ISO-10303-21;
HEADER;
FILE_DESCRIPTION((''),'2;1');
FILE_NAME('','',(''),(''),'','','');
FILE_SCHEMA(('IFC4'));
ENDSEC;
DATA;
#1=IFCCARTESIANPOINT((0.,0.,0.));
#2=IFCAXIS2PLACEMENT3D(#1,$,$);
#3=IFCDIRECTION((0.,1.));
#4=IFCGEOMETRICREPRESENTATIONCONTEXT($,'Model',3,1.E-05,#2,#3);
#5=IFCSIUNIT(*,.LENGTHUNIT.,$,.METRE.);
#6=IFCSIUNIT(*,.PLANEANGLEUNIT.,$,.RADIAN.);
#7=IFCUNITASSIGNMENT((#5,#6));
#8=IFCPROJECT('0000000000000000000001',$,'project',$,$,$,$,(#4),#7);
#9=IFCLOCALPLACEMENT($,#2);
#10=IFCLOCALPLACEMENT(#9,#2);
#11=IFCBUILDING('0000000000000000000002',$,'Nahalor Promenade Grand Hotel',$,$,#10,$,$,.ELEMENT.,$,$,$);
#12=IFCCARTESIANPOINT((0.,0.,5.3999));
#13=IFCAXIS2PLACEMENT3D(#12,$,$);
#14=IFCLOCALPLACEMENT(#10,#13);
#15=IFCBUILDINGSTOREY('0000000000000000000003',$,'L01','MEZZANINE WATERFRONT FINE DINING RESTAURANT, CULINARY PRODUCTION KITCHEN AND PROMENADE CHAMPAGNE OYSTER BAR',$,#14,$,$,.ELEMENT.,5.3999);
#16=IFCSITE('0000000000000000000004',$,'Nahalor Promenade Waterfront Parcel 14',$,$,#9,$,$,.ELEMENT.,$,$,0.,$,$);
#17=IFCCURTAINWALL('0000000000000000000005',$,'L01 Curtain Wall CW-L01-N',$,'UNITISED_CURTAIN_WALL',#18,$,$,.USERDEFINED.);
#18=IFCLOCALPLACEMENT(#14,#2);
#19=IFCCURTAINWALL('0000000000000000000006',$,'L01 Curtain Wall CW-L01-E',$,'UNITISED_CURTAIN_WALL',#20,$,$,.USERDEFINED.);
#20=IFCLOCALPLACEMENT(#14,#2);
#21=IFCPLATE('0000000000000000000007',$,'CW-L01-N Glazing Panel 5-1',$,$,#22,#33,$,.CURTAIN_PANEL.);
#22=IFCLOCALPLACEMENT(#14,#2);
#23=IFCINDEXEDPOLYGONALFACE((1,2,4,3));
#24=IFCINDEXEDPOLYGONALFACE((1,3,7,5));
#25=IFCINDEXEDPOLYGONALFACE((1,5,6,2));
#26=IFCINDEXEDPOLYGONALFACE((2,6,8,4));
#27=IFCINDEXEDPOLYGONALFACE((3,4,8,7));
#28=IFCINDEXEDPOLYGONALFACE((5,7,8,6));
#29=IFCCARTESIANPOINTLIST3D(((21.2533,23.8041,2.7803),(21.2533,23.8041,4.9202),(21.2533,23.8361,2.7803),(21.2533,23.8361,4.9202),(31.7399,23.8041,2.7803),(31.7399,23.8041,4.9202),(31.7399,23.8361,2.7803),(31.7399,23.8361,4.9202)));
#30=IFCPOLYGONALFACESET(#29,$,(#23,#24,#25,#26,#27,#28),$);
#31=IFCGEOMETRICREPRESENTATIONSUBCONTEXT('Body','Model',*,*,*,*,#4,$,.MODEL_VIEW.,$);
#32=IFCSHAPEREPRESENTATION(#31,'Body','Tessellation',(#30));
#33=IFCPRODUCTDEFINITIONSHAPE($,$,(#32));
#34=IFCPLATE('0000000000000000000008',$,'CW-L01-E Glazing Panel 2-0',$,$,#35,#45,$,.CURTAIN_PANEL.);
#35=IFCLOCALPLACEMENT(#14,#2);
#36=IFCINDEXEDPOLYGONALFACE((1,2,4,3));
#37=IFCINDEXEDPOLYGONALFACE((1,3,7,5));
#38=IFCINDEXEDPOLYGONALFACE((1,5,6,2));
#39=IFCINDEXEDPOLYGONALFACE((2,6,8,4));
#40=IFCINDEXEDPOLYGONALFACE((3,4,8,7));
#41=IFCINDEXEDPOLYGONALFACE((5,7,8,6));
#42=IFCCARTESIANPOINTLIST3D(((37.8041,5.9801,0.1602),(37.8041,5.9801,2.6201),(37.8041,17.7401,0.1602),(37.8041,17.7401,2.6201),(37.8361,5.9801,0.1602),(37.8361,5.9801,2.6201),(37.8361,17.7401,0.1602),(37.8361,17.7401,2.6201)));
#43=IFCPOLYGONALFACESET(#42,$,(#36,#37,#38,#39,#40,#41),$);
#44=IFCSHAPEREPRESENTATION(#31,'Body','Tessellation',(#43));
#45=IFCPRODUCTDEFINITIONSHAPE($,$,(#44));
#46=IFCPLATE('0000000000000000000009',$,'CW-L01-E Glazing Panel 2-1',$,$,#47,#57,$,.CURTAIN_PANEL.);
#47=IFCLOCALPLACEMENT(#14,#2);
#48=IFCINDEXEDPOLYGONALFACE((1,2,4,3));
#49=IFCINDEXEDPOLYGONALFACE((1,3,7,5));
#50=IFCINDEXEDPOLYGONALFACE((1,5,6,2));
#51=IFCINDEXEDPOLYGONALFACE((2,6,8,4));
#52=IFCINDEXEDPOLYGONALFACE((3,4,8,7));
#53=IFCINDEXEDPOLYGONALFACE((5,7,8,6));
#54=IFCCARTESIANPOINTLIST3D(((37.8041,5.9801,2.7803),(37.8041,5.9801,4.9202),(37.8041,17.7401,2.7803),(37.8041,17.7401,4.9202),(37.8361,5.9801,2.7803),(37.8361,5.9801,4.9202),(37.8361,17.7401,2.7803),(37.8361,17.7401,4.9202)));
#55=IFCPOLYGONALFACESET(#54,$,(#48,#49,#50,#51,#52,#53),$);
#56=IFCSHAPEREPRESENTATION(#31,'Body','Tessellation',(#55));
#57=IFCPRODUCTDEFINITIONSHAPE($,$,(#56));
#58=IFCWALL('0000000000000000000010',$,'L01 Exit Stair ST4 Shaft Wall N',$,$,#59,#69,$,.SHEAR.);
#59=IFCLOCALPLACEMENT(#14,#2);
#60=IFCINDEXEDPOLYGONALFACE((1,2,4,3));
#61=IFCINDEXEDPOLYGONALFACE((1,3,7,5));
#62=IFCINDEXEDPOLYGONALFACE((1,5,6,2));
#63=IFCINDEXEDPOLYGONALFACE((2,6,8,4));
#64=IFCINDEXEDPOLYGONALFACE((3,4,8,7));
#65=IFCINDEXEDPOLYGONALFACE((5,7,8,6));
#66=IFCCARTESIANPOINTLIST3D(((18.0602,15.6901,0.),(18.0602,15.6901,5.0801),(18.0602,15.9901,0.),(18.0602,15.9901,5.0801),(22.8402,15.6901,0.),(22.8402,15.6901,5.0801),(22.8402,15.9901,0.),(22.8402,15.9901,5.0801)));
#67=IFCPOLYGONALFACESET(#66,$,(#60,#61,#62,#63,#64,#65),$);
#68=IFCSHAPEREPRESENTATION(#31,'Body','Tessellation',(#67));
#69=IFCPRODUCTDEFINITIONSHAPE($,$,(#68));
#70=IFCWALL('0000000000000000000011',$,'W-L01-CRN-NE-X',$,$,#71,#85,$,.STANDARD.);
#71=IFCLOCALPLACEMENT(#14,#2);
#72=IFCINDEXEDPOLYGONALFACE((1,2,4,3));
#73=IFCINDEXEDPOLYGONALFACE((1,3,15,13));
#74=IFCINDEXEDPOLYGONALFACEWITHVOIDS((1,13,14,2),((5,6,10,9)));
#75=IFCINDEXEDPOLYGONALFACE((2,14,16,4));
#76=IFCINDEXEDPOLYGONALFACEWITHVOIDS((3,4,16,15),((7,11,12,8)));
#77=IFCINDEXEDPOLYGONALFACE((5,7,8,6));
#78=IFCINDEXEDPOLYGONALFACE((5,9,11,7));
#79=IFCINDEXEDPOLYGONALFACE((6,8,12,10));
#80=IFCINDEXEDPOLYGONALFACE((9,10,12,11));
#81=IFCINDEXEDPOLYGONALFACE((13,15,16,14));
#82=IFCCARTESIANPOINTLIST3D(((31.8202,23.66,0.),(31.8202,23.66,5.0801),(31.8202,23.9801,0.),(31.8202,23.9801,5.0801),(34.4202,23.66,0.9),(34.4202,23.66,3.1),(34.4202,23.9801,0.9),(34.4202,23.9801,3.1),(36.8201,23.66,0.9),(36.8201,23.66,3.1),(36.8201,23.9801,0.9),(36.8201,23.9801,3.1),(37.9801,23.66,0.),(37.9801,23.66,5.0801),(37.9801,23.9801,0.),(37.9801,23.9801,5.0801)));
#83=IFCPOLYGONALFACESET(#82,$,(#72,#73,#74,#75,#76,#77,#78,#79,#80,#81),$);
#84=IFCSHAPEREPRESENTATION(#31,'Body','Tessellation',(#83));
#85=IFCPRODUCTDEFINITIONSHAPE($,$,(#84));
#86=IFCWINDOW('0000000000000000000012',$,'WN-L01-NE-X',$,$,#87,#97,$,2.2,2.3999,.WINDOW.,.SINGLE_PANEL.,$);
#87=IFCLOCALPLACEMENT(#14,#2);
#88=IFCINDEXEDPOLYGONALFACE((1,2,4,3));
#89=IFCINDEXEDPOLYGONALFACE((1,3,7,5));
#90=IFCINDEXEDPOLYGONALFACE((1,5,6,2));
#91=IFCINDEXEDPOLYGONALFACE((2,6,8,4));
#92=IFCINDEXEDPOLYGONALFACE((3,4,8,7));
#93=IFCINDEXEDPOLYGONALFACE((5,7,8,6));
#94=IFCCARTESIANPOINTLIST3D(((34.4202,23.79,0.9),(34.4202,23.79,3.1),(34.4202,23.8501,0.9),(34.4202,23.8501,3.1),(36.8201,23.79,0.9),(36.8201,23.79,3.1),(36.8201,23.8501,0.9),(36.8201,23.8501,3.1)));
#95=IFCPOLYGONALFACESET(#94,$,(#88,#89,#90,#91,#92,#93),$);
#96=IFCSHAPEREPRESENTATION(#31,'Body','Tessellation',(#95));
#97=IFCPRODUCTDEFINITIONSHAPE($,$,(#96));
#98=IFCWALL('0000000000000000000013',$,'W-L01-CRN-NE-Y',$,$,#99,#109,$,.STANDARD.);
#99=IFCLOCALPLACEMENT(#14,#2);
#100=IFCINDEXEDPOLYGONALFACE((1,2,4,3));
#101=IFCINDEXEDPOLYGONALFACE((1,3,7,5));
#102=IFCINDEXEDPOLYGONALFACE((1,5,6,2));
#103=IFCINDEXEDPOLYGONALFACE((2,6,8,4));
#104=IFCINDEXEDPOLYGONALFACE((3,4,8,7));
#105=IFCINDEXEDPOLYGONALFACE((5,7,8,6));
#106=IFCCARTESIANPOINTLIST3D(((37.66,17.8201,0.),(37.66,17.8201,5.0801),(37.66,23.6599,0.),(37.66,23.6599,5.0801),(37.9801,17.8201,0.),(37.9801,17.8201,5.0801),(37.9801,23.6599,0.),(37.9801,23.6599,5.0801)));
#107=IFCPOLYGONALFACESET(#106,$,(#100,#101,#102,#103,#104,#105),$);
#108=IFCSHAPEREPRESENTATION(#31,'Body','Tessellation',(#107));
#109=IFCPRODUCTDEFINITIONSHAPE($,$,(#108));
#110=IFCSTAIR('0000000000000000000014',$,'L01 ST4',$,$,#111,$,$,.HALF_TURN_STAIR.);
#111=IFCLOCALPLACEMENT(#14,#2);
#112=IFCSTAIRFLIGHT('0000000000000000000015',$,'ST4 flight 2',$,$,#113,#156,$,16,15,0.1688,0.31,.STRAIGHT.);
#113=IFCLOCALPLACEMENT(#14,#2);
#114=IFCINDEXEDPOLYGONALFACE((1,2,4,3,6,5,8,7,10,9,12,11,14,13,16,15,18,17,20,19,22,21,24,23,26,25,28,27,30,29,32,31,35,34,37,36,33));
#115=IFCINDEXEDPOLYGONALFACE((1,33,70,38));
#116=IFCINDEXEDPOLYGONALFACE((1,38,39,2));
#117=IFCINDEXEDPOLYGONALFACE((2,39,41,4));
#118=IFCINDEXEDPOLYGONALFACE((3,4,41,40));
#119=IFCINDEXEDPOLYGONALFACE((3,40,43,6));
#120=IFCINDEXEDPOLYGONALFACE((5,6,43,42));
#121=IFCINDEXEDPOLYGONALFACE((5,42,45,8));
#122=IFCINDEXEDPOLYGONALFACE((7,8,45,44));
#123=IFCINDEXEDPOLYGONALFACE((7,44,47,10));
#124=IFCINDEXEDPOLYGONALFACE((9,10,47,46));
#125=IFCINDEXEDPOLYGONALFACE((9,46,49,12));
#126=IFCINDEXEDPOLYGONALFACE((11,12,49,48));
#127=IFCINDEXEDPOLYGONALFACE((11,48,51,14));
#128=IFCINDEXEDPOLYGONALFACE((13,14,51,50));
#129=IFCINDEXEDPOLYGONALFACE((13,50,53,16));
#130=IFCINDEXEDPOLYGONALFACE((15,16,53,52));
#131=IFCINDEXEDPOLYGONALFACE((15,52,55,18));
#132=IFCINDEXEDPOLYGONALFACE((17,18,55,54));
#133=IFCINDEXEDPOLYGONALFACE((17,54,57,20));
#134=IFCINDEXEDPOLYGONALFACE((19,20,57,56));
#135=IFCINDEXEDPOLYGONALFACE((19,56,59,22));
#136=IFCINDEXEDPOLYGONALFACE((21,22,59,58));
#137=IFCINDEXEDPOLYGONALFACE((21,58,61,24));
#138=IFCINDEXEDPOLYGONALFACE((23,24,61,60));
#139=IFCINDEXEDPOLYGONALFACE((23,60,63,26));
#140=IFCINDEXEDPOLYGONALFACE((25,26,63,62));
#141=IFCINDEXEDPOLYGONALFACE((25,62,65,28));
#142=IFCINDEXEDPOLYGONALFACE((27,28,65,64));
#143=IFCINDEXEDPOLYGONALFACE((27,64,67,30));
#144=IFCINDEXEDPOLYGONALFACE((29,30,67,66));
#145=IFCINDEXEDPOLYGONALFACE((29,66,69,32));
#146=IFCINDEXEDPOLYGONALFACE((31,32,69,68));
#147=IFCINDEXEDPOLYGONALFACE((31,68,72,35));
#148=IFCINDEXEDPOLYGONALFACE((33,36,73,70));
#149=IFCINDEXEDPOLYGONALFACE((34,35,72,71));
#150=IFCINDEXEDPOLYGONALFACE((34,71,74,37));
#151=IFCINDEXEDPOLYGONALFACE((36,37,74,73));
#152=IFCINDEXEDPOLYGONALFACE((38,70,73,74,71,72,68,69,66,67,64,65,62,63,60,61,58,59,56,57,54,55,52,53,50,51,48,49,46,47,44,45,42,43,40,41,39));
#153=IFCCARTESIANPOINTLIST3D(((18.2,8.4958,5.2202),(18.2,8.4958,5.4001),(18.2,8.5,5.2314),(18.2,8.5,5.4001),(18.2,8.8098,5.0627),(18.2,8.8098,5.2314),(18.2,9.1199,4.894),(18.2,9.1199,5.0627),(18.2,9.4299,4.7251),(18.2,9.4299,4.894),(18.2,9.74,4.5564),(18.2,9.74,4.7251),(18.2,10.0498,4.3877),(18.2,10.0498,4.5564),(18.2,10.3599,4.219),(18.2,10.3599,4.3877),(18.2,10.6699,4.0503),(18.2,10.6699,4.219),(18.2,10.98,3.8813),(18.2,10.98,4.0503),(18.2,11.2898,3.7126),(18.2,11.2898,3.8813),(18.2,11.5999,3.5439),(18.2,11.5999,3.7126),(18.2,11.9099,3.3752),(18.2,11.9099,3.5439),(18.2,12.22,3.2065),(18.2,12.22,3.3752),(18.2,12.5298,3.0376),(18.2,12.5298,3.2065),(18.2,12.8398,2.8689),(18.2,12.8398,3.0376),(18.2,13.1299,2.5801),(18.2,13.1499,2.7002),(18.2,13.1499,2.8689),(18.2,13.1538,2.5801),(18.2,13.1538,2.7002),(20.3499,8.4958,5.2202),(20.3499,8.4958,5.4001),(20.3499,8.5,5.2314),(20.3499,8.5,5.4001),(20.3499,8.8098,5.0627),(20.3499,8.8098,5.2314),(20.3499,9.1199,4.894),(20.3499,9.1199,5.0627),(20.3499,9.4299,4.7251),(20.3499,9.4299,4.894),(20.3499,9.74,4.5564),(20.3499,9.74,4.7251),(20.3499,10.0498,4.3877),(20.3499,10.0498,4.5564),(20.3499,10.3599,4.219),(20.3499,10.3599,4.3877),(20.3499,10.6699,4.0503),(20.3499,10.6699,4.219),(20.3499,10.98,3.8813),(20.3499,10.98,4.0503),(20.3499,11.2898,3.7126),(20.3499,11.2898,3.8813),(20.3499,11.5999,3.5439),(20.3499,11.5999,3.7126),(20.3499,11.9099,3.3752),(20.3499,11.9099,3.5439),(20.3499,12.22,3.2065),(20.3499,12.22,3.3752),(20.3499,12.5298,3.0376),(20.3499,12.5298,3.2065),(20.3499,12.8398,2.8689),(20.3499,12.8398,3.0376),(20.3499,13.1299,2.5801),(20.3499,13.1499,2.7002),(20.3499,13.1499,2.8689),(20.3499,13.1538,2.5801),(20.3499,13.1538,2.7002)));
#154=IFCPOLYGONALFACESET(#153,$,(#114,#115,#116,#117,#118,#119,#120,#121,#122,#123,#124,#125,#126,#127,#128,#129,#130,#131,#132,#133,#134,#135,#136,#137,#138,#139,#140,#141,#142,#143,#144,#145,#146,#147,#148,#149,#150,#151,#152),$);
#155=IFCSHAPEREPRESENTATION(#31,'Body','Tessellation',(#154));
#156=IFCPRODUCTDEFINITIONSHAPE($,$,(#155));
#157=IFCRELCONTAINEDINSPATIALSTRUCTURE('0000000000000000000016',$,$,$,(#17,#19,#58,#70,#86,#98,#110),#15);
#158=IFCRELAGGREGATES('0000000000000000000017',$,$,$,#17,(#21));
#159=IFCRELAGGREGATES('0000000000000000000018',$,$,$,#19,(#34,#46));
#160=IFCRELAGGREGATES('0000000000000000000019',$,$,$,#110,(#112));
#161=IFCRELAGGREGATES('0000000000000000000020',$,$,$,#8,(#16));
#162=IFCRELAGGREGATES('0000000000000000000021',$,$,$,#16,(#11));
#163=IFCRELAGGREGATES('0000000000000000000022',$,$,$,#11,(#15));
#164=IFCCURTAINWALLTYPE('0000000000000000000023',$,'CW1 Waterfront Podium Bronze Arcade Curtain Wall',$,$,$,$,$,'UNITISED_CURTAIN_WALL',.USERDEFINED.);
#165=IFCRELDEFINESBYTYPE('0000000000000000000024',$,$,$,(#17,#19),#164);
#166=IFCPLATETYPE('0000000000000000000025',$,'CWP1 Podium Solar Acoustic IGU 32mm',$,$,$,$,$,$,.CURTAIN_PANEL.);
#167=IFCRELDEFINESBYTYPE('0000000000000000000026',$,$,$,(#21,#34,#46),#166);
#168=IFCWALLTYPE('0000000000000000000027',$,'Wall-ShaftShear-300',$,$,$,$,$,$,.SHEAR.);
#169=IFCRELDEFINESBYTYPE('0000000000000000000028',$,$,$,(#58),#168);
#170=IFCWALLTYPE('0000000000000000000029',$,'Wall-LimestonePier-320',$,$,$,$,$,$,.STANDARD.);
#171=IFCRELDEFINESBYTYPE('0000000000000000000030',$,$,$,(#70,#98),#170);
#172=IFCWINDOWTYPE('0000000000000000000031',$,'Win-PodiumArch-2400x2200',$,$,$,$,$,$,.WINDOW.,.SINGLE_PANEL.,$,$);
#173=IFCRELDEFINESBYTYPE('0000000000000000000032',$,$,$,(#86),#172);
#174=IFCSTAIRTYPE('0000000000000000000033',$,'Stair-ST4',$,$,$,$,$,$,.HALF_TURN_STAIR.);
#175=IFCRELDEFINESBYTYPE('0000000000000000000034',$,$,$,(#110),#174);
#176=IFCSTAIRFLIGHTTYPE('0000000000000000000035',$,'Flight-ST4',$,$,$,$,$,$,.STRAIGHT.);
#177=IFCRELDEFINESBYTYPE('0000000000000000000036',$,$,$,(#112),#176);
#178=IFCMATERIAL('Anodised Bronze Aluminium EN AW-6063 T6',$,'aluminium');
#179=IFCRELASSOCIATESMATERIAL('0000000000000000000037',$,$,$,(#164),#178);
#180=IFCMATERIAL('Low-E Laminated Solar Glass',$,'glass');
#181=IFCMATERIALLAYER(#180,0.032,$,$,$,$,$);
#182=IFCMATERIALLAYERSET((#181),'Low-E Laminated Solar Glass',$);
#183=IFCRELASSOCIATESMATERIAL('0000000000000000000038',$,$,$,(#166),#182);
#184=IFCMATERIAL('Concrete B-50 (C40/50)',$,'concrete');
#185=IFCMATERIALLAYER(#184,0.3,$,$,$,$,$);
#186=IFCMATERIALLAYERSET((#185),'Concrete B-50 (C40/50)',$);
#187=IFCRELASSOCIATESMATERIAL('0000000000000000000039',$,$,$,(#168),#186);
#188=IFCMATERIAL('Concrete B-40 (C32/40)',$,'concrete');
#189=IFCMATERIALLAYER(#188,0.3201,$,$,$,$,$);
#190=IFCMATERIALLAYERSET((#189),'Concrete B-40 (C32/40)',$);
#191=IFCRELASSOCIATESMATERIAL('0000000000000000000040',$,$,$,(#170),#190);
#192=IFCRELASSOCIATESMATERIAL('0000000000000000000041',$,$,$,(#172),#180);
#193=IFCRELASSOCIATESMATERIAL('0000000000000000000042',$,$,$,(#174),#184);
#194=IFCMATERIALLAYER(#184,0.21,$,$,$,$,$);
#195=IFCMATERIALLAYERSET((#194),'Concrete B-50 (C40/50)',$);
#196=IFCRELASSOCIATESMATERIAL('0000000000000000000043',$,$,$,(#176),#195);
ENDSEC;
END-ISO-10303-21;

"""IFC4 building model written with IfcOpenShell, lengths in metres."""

from ifc_helpers import new_model, si_unit, direction, frame, frame_2d, origin, origin_2d, place, context, subcontext, project, spatial, polyline, rectangle, outline, extrude, source, transform, mapped, material, layer, layer_set, type_object, element, fill, aggregate, save


model = new_model("IFC4")

# Units and contexts
model_context = context("Model", 3, precision=1e-05, world=origin(), true_north=direction((0.0, 1.0)))
body_context = subcontext(model_context, "Body", "Model", "MODEL_VIEW")
ifc_project = project(units=[si_unit("LENGTHUNIT", "METRE"), si_unit("PLANEANGLEUNIT", "RADIAN")], contexts=[model_context])

# Site, building, storey
site_placement = place(None, origin())
site = spatial("IfcSite", under=ifc_project, at=site_placement, Name="Nahalor Promenade Waterfront Parcel 14", CompositionType="ELEMENT", RefElevation=0.0)
building_placement = place(site_placement, origin())
building = spatial("IfcBuilding", under=site, at=building_placement, Name="Nahalor Promenade Grand Hotel", CompositionType="ELEMENT")
storey_placement = place(building_placement, frame((0.0, 0.0, 5.3999)))
storey = spatial("IfcBuildingStorey", under=building, at=storey_placement, Name="L01", Description="MEZZANINE WATERFRONT FINE DINING RESTAURANT, CULINARY PRODUCTION KITCHEN AND PROMENADE CHAMPAGNE OYSTER BAR", CompositionType="ELEMENT", Elevation=5.3999)

# Curtain wall
ifc_material_1 = material(Name="Anodised Bronze Aluminium EN AW-6063 T6", Category="aluminium")
curtain_wall_type = type_object("IfcCurtainWallType", Name="CW1 Waterfront Podium Bronze Arcade Curtain Wall", ElementType="UNITISED_CURTAIN_WALL", PredefinedType="USERDEFINED", material=ifc_material_1)
curtain_wall_1_placement = place(storey_placement, origin())
curtain_wall_1 = element("IfcCurtainWall", 1, at=curtain_wall_1_placement, inside=storey, type_object=curtain_wall_type, Name="L01 Curtain Wall CW-L01-N", ObjectType="UNITISED_CURTAIN_WALL", PredefinedType="USERDEFINED")

# Curtain wall
curtain_wall_2_placement = place(storey_placement, origin())
curtain_wall_2 = element("IfcCurtainWall", 2, at=curtain_wall_2_placement, inside=storey, type_object=curtain_wall_type, Name="L01 Curtain Wall CW-L01-E", ObjectType="UNITISED_CURTAIN_WALL", PredefinedType="USERDEFINED")

# Plates
ifc_material_2 = material(Name="Low-E Laminated Solar Glass", Category="glass")
ifc_layer_1 = layer(ifc_material_2, 0.032)
ifc_layer_set_1 = layer_set([ifc_layer_1], Name="Low-E Laminated Solar Glass")
plate_type = type_object("IfcPlateType", Name="CWP1 Podium Solar Acoustic IGU 32mm", PredefinedType="CURTAIN_PANEL", material=ifc_layer_set_1)
shared_shape_1 = source(origin(), body_context, "Body", "SweptSolid", [
    extrude(rectangle(XDim=10.4866, YDim=0.032, at=origin_2d()), origin(), (0.0, 0.0, 1.0), 2.1399),
])
plate_1_placement = place(storey_placement, frame((26.4966, 23.8201, 2.7803), z_axis=(0.0, 0.0, 1.0), x_axis=(1.0, 0.0, 0.0)))
plate_1 = element("IfcPlate", 3, at=plate_1_placement, type_object=plate_type, Name="CW-L01-N Glazing Panel 5-1", PredefinedType="CURTAIN_PANEL", context=body_context, shape_type="MappedRepresentation", body=[
    mapped(shared_shape_1, transform((0.0, 0.0, 0.0), scale=1.0)),
])
aggregate(curtain_wall_1, [plate_1])
shared_shape_2 = source(origin(), body_context, "Body", "SweptSolid", [
    extrude(rectangle(XDim=11.76, YDim=0.032, at=origin_2d()), origin(), (0.0, 0.0, 1.0), 2.46),
])
plate_2_placement = place(storey_placement, frame((37.8201, 11.8601, 0.1602), z_axis=(0.0, 0.0, 1.0), x_axis=(0.0, 1.0, 0.0)))
plate_2 = element("IfcPlate", 4, at=plate_2_placement, type_object=plate_type, Name="CW-L01-E Glazing Panel 2-0", PredefinedType="CURTAIN_PANEL", context=body_context, shape_type="MappedRepresentation", body=[
    mapped(shared_shape_2, transform((0.0, 0.0, 0.0), scale=1.0)),
])
shared_shape_3 = source(origin(), body_context, "Body", "SweptSolid", [
    extrude(rectangle(XDim=11.76, YDim=0.032, at=origin_2d()), origin(), (0.0, 0.0, 1.0), 2.1399),
])
plate_3_placement = place(storey_placement, frame((37.8201, 11.8601, 2.7803), z_axis=(0.0, 0.0, 1.0), x_axis=(0.0, 1.0, 0.0)))
plate_3 = element("IfcPlate", 5, at=plate_3_placement, type_object=plate_type, Name="CW-L01-E Glazing Panel 2-1", PredefinedType="CURTAIN_PANEL", context=body_context, shape_type="MappedRepresentation", body=[
    mapped(shared_shape_3, transform((0.0, 0.0, 0.0), scale=1.0)),
])
aggregate(curtain_wall_2, [plate_2, plate_3])

# Wall
ifc_material_3 = material(Name="Concrete B-50 (C40/50)", Category="concrete")
ifc_layer_2 = layer(ifc_material_3, 0.3)
ifc_layer_set_2 = layer_set([ifc_layer_2], Name="Concrete B-50 (C40/50)")
wall_type_1 = type_object("IfcWallType", Name="Wall-ShaftShear-300", PredefinedType="SHEAR", material=ifc_layer_set_2)
shared_shape_4 = source(origin(), body_context, "Body", "SweptSolid", [
    extrude(rectangle(XDim=4.78, YDim=0.3, at=frame_2d((2.3901, 0.0))), origin(), (0.0, 0.0, 1.0), 5.0801),
])
wall_1_placement = place(storey_placement, frame((18.0601, 15.8401, 0.0), z_axis=(0.0, 0.0, 1.0), x_axis=(1.0, 0.0, 0.0)))
element("IfcWall", 6, at=wall_1_placement, inside=storey, type_object=wall_type_1, Name="L01 Exit Stair ST4 Shaft Wall N", PredefinedType="SHEAR", context=body_context, shape_type="MappedRepresentation", body=[
    mapped(shared_shape_4, transform((0.0, 0.0, 0.0), scale=1.0)),
])

# Wall, opening, window
ifc_material_4 = material(Name="Concrete B-40 (C32/40)", Category="concrete")
ifc_layer_3 = layer(ifc_material_4, 0.3201)
ifc_layer_set_3 = layer_set([ifc_layer_3], Name="Concrete B-40 (C32/40)")
wall_type_2 = type_object("IfcWallType", Name="Wall-LimestonePier-320", PredefinedType="STANDARD", material=ifc_layer_set_3)
shared_shape_5 = source(origin(), body_context, "Body", "SweptSolid", [
    extrude(rectangle(XDim=6.1599, YDim=0.3201, at=frame_2d((3.0801, 0.0))), origin(), (0.0, 0.0, 1.0), 5.0801),
])
wall_2_placement = place(storey_placement, frame((31.8201, 23.8201, 0.0), z_axis=(0.0, 0.0, 1.0), x_axis=(1.0, 0.0, 0.0)))
wall_2 = element("IfcWall", 7, at=wall_2_placement, inside=storey, type_object=wall_type_2, Name="W-L01-CRN-NE-X", PredefinedType="STANDARD", context=body_context, shape_type="MappedRepresentation", body=[
    mapped(shared_shape_5, transform((0.0, 0.0, 0.0), scale=1.0)),
])
opening_placement = place(wall_2_placement, frame((2.6001, 0.0, 0.8999)))
opening = element("IfcOpeningElement", 8, at=opening_placement, cuts=wall_2, PredefinedType="OPENING", context=body_context, shape_type="SweptSolid", body=[
    extrude(rectangle(XDim=2.3999, YDim=2.2, at=frame_2d((1.2, 1.1001))), frame((0.0, 0.1699, 0.0), z_axis=(0.0, -1.0, 0.0), x_axis=(1.0, 0.0, 0.0)), (0.0, 0.0, 1.0), 0.3401),
])
window_type = type_object("IfcWindowType", Name="Win-PodiumArch-2400x2200", PartitioningType="SINGLE_PANEL", PredefinedType="WINDOW", material=ifc_material_2)
shared_shape_6 = source(origin(), body_context, "Body", "SweptSolid", [
    extrude(rectangle(XDim=2.3999, YDim=2.2, at=frame_2d((1.2, 1.1001))), frame((0.0, 0.03, 0.0), z_axis=(0.0, -1.0, 0.0), x_axis=(1.0, 0.0, 0.0)), (0.0, 0.0, 1.0), 0.0601),
])
window_placement = place(opening_placement, origin())
window = element("IfcWindow", 9, at=window_placement, inside=storey, type_object=window_type, Name="WN-L01-NE-X", OverallHeight=2.2, OverallWidth=2.3999, PartitioningType="SINGLE_PANEL", PredefinedType="WINDOW", context=body_context, shape_type="MappedRepresentation", body=[
    mapped(shared_shape_6, transform((0.0, 0.0, 0.0), scale=1.0)),
])
fill(opening, window)

# Wall
shared_shape_7 = source(origin(), body_context, "Body", "SweptSolid", [
    extrude(rectangle(XDim=5.8398, YDim=0.3201, at=frame_2d((2.9199, 0.0))), origin(), (0.0, 0.0, 1.0), 5.0801),
])
wall_3_placement = place(storey_placement, frame((37.8201, 17.8201, 0.0), z_axis=(0.0, 0.0, 1.0), x_axis=(0.0, 1.0, 0.0)))
element("IfcWall", 10, at=wall_3_placement, inside=storey, type_object=wall_type_2, Name="W-L01-CRN-NE-Y", PredefinedType="STANDARD", context=body_context, shape_type="MappedRepresentation", body=[
    mapped(shared_shape_7, transform((0.0, 0.0, 0.0), scale=1.0)),
])

# Stair, stair flight
stair_type = type_object("IfcStairType", Name="Stair-ST4", PredefinedType="HALF_TURN_STAIR", material=ifc_material_3)
stair_placement = place(storey_placement, origin())
stair = element("IfcStair", 11, at=stair_placement, inside=storey, type_object=stair_type, Name="L01 ST4", PredefinedType="HALF_TURN_STAIR")
ifc_layer_4 = layer(ifc_material_3, 0.21)
ifc_layer_set_4 = layer_set([ifc_layer_4], Name="Concrete B-50 (C40/50)")
stair_flight_type = type_object("IfcStairFlightType", Name="Flight-ST4", PredefinedType="STRAIGHT", material=ifc_layer_set_4)
shared_shape_8 = source(origin(), body_context, "Body", "SweptSolid", [
    extrude(outline(polyline([(-0.0039, -0.1201), (-0.0039, 0.0), (0.0, 0.0), (0.0, 0.1687), (0.3101, 0.1687), (0.3101, 0.3374), (0.6201, 0.3374), (0.6201, 0.5063), (0.9299, 0.5063), (0.9299, 0.675), (1.24, 0.675), (1.24, 0.8438), (1.55, 0.8438), (1.55, 1.0125), (1.8601, 1.0125), (1.8601, 1.1812), (2.1699, 1.1812), (2.1699, 1.3501), (2.48, 1.3501), (2.48, 1.5188), (2.79, 1.5188), (2.79, 1.6875), (3.1001, 1.6875), (3.1001, 1.8562), (3.4099, 1.8562), (3.4099, 2.0249), (3.72, 2.0249), (3.72, 2.1938), (4.03, 2.1938), (4.03, 2.3625), (4.3401, 2.3625), (4.3401, 2.5312), (4.6499, 2.5312), (4.6499, 2.7), (4.6541, 2.7), (4.6541, 2.52), (0.02, -0.1201), (-0.0039, -0.1201)])), frame((0.0, 1.075, 0.0), z_axis=(0.0, -1.0, 0.0), x_axis=(1.0, 0.0, 0.0)), (0.0, 0.0, 1.0), 2.1499),
])
stair_flight_placement = place(storey_placement, frame((19.2749, 13.1499, 2.7002), z_axis=(0.0, 0.0, 1.0), x_axis=(0.0, -1.0, 0.0)))
stair_flight = element("IfcStairFlight", 12, at=stair_flight_placement, type_object=stair_flight_type, Name="ST4 flight 2", NumberOfRisers=16, NumberOfTreads=15, PredefinedType="STRAIGHT", RiserHeight=0.1688, TreadLength=0.31, context=body_context, shape_type="MappedRepresentation", body=[
    mapped(shared_shape_8, transform((0.0, 0.0, 0.0), scale=1.0)),
])
aggregate(stair, [stair_flight])

save(model, "model.ifc")
